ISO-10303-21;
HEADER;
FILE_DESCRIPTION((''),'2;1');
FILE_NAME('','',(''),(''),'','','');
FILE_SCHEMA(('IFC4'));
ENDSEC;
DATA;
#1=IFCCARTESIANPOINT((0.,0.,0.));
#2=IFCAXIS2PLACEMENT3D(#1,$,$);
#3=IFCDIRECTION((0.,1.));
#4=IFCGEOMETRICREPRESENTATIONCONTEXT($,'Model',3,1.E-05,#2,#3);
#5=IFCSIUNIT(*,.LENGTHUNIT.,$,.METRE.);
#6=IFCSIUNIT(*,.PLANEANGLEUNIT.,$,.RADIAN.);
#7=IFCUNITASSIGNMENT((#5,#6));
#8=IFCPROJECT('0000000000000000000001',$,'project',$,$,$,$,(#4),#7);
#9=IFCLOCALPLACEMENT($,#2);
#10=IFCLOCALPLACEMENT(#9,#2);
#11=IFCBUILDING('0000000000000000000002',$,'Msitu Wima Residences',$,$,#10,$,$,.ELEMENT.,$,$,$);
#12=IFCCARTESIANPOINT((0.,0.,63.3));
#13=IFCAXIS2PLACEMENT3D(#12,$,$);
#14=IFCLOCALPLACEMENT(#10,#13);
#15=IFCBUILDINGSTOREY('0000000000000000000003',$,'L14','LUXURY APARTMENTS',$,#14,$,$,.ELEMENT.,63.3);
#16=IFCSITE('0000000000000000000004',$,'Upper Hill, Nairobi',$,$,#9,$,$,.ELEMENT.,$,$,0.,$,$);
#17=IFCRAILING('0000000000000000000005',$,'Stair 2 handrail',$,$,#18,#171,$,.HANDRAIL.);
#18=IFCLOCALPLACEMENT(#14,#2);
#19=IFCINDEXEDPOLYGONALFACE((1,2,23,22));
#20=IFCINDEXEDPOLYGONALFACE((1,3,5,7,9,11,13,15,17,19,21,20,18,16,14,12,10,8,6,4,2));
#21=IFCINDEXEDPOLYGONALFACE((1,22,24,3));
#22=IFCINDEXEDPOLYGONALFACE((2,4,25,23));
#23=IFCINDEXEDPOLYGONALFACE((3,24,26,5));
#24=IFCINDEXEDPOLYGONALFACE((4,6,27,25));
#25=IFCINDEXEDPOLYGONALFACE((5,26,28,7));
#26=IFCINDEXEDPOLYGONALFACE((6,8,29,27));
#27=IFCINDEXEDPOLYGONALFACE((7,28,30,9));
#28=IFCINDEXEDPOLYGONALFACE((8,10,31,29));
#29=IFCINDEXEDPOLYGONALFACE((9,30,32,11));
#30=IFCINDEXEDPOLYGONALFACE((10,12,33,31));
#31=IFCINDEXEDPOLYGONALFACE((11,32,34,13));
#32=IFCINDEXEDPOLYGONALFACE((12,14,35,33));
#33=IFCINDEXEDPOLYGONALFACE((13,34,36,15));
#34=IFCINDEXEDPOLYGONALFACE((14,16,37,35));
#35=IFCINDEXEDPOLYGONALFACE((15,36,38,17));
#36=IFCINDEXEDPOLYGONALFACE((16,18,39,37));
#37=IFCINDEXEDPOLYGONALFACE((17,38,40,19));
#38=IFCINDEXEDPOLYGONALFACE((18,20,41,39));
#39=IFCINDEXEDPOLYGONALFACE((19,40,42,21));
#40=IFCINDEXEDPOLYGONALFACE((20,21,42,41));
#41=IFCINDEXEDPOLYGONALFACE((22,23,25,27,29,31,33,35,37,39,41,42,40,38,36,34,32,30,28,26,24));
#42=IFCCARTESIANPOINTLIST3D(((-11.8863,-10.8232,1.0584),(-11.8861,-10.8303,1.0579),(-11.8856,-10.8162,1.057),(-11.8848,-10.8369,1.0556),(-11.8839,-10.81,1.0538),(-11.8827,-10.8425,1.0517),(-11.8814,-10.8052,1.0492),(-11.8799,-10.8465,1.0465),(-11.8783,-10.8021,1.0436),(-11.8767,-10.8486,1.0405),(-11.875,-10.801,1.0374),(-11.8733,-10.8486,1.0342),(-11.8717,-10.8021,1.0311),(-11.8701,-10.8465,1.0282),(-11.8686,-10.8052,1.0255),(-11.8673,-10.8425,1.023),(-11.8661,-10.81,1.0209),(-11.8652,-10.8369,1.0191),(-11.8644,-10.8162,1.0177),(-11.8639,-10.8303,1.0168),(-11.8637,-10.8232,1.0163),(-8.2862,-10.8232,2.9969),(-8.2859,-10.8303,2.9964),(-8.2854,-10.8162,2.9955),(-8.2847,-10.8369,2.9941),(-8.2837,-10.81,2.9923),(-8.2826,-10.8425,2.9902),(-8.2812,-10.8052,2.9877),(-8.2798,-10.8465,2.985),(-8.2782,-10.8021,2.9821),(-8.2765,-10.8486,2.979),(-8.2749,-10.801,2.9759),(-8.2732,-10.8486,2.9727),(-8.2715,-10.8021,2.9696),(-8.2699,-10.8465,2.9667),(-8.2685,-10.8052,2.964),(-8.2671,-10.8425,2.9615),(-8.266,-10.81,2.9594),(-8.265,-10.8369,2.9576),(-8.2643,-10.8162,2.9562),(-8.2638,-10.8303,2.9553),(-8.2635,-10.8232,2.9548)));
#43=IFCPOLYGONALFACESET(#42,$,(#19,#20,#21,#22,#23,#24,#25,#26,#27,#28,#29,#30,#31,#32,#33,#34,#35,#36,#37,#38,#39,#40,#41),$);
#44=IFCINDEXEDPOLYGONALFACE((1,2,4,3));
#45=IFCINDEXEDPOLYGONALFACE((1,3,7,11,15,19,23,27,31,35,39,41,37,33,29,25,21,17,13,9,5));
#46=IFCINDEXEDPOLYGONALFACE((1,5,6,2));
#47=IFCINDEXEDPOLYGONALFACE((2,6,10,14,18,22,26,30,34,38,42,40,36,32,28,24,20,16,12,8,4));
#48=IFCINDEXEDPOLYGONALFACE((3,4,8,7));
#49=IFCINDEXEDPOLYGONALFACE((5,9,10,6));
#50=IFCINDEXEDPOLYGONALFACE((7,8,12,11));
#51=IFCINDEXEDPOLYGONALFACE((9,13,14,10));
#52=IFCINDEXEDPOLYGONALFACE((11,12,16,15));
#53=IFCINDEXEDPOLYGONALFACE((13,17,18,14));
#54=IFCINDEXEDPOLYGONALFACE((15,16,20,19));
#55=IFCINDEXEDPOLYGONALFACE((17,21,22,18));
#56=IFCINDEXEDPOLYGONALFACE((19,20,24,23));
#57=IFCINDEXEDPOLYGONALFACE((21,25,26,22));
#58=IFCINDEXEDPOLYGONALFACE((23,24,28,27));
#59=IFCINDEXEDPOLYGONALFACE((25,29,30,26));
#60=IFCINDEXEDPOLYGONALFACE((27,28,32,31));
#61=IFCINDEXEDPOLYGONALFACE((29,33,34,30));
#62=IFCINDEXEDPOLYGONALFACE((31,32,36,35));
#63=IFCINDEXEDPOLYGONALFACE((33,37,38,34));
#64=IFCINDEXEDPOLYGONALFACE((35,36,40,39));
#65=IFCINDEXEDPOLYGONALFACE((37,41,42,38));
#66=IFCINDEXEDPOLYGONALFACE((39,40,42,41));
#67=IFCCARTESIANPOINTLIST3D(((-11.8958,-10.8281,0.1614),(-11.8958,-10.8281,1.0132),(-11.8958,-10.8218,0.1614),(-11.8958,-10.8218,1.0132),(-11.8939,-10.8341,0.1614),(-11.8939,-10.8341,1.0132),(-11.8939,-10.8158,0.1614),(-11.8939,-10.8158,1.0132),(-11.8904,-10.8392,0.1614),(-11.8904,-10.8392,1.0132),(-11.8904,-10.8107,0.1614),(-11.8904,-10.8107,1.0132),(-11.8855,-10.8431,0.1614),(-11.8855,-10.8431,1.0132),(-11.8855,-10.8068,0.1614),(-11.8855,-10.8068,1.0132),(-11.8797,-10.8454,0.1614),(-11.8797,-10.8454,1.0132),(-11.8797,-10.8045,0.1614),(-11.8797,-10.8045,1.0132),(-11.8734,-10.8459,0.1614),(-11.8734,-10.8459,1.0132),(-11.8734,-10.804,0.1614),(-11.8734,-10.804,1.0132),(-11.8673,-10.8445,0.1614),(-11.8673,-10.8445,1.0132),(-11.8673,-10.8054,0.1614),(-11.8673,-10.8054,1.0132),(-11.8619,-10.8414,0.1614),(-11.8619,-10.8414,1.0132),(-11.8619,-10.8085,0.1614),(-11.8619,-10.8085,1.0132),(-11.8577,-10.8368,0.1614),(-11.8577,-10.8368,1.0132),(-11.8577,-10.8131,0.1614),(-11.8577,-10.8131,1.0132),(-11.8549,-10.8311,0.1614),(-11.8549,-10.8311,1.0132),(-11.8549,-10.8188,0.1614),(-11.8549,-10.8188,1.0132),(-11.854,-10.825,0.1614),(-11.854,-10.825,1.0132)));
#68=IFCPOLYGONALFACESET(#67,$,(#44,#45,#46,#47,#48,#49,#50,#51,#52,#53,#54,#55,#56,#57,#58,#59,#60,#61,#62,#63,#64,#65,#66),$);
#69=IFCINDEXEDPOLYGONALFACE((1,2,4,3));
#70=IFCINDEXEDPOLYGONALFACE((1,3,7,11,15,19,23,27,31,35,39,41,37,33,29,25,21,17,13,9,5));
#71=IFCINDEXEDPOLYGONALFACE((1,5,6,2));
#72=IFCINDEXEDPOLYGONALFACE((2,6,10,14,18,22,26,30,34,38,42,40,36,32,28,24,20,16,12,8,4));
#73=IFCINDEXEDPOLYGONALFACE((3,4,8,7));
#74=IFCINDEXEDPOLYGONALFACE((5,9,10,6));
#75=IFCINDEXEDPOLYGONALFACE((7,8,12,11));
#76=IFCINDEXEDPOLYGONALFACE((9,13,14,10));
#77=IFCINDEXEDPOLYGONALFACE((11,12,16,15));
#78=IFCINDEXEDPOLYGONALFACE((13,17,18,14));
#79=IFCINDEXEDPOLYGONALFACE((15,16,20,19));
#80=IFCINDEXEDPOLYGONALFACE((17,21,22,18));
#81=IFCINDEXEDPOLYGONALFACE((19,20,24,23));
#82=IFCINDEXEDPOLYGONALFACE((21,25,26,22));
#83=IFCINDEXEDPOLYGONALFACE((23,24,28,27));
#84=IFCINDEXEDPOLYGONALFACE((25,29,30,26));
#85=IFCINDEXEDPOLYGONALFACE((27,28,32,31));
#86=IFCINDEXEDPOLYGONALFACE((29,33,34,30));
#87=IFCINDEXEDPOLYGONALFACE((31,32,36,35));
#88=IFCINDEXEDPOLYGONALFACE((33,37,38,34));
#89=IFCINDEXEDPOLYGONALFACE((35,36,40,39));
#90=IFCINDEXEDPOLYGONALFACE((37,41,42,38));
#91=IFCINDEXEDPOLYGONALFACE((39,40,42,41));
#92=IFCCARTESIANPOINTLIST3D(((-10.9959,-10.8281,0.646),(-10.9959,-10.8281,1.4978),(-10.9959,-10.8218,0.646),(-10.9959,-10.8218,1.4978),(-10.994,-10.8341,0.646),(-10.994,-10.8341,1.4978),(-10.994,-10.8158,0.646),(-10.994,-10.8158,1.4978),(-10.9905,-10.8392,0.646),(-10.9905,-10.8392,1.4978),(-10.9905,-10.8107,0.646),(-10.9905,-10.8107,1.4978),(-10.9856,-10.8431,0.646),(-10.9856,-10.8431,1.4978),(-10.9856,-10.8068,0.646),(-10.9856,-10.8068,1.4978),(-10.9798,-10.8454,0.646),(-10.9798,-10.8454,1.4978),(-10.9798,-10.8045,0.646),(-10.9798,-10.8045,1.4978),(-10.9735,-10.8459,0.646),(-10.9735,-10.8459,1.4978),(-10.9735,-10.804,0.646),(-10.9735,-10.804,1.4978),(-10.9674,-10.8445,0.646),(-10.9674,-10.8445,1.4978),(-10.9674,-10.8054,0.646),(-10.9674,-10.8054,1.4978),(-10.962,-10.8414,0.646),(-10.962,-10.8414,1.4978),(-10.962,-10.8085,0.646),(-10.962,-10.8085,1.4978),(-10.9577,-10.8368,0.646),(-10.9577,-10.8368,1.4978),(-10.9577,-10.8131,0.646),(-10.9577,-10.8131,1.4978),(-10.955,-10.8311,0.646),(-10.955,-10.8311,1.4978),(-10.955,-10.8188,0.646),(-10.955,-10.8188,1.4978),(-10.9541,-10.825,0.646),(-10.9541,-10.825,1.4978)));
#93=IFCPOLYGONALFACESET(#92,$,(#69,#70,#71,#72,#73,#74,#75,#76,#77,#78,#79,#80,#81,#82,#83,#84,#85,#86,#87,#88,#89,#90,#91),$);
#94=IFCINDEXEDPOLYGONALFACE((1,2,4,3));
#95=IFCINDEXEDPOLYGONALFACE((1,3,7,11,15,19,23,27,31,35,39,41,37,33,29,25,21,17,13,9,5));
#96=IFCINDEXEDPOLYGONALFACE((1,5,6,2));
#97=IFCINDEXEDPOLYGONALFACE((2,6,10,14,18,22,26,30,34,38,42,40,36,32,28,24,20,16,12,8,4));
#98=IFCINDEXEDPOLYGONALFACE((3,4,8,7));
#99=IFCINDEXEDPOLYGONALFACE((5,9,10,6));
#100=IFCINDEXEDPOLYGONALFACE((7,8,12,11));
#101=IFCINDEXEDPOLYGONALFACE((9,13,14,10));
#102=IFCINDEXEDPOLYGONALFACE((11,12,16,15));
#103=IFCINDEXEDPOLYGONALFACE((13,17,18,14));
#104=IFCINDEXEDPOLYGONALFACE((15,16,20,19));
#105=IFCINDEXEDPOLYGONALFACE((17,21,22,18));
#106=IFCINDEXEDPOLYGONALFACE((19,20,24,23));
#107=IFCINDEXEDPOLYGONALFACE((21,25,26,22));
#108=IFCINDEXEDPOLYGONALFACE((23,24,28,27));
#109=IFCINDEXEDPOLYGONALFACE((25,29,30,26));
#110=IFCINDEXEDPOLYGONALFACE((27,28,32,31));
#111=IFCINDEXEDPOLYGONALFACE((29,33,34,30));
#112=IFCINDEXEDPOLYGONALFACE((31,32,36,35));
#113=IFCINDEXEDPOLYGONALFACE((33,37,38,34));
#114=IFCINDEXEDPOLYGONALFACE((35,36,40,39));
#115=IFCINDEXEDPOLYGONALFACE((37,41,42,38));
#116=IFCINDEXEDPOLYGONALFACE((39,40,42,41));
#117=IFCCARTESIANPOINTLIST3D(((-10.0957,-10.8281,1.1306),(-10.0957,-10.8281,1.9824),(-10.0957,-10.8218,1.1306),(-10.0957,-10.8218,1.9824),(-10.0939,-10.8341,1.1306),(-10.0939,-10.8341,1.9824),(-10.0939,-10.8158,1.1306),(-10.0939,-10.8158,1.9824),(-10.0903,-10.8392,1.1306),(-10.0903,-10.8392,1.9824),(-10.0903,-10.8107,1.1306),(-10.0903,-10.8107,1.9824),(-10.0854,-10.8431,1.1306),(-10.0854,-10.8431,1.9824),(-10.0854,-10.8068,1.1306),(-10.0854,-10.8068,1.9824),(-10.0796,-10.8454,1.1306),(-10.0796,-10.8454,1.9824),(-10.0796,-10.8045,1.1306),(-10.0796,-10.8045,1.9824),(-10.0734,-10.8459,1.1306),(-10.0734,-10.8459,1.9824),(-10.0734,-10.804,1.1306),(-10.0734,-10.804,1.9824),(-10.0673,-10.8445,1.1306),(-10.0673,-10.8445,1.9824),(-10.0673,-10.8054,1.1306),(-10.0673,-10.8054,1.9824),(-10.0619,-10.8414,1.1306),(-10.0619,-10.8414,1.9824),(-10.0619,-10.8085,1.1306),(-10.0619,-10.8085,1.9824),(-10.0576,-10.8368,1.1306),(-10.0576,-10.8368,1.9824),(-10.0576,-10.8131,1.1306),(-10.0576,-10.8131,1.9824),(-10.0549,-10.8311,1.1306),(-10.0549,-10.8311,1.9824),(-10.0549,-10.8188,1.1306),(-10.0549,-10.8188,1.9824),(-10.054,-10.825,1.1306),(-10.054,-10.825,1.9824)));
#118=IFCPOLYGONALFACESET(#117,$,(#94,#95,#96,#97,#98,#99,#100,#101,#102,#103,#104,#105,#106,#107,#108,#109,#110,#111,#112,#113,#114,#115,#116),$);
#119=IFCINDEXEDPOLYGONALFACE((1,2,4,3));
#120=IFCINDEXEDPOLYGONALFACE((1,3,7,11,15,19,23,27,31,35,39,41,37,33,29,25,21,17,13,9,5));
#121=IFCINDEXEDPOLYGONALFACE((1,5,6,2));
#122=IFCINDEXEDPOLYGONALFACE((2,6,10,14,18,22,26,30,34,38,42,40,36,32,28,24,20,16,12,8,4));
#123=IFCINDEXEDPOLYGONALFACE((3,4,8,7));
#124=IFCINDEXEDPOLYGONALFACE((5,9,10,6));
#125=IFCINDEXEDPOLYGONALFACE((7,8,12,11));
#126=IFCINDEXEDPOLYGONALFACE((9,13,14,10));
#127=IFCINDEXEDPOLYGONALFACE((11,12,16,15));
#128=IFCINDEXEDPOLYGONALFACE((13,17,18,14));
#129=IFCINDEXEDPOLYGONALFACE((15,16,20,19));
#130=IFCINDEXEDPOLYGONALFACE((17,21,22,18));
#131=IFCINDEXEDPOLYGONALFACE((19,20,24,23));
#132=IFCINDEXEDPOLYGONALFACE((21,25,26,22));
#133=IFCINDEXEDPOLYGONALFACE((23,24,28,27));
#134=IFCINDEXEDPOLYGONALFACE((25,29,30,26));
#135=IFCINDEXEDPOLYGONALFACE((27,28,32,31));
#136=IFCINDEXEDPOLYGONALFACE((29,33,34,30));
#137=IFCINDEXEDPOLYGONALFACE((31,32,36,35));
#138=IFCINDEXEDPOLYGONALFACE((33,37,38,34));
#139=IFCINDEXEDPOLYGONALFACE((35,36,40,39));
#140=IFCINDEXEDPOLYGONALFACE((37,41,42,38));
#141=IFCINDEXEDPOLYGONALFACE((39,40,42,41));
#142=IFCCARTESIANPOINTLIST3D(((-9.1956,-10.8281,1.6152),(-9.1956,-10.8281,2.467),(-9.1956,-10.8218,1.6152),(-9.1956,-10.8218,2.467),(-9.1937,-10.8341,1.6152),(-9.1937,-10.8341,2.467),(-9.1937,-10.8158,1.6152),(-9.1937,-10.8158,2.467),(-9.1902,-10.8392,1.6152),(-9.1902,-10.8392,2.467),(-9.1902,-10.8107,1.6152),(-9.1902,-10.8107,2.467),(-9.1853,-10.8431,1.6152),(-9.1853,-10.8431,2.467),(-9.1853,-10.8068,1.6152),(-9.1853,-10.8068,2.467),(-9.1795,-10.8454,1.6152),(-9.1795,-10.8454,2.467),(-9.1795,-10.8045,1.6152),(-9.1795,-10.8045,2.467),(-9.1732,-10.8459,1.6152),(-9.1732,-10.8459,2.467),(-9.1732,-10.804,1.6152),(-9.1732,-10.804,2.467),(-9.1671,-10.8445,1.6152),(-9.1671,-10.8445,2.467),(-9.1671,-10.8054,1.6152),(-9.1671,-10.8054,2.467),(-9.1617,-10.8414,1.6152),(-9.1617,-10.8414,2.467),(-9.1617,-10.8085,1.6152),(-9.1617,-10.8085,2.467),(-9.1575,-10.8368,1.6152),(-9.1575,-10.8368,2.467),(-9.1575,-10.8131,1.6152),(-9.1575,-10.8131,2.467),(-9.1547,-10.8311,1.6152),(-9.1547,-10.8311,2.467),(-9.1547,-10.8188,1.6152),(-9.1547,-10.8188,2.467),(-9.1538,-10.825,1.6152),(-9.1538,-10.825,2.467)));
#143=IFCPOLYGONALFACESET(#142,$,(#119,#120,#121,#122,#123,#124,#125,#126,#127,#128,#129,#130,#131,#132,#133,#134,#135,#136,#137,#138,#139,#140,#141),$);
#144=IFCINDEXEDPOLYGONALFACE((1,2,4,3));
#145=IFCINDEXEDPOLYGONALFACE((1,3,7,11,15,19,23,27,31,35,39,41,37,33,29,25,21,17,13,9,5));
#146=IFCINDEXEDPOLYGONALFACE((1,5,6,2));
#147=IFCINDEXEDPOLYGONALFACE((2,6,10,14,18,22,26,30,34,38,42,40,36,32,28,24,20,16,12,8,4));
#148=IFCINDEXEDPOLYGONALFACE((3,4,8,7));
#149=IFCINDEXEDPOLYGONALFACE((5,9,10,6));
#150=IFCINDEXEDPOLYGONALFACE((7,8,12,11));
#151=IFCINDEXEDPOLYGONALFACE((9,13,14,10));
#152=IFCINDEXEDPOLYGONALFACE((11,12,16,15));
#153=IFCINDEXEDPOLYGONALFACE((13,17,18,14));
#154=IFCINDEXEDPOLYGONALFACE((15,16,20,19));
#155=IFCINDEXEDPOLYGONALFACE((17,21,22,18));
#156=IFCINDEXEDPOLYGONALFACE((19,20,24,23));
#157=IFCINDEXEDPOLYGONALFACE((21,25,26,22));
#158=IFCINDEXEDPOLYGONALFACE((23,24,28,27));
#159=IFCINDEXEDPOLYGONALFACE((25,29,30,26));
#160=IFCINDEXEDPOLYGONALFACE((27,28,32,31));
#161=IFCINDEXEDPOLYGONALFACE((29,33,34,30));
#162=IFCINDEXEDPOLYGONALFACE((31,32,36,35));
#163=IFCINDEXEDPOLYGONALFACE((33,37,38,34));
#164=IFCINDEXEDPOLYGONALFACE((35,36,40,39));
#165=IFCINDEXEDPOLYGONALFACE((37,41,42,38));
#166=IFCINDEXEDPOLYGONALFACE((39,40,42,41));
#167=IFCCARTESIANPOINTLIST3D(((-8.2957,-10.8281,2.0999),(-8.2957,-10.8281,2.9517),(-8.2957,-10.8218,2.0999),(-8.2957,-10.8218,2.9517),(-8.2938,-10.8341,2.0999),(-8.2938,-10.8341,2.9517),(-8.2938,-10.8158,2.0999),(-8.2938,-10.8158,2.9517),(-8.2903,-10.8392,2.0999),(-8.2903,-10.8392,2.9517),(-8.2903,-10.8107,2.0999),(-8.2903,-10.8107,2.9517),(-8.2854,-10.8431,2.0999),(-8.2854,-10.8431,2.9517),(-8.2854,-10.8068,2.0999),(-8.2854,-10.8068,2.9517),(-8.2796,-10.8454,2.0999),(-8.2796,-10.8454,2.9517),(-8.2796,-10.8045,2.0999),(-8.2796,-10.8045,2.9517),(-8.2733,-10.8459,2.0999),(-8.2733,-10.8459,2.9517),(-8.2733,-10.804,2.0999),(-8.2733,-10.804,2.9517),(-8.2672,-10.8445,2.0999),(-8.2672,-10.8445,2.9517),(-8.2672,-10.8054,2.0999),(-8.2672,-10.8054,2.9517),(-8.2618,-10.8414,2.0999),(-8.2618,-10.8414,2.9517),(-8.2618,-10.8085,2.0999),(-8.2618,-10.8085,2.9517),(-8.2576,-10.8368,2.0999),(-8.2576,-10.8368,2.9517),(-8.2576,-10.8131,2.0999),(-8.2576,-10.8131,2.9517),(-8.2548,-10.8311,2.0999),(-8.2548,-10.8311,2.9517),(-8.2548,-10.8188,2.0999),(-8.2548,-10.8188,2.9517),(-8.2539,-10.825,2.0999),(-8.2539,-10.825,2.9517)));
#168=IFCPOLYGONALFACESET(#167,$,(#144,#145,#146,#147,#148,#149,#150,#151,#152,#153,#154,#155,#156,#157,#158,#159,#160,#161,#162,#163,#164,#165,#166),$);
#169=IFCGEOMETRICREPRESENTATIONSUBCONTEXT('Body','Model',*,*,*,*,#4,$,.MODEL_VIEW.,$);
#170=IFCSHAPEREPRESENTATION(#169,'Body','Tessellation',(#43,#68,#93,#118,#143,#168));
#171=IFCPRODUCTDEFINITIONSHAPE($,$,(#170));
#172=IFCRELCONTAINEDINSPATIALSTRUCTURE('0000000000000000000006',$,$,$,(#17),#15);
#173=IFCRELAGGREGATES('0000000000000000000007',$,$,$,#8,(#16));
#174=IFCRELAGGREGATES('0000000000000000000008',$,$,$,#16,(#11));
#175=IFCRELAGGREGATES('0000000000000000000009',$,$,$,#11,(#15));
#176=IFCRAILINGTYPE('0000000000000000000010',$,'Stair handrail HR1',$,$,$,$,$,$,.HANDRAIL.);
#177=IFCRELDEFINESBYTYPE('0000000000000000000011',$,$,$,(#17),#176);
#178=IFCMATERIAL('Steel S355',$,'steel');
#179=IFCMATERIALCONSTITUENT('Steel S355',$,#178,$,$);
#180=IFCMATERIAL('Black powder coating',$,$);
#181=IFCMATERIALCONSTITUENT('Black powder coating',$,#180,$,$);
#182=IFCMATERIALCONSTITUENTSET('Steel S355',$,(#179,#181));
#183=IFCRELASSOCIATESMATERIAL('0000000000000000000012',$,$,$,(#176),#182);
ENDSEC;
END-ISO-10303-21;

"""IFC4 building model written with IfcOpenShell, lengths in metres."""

from ifc_helpers import new_model, si_unit, direction, frame, origin, origin_2d, place, context, subcontext, project, spatial, circle, extrude, material, constituent, constituent_set, type_object, element, save


model = new_model("IFC4")

# Units and contexts
model_context = context("Model", 3, precision=1e-05, world=origin(), true_north=direction((0.0, 1.0)))
body_context = subcontext(model_context, "Body", "Model", "MODEL_VIEW")
ifc_project = project(units=[si_unit("LENGTHUNIT", "METRE"), si_unit("PLANEANGLEUNIT", "RADIAN")], contexts=[model_context])

# Site, building, storey
site_placement = place(None, origin())
site = spatial("IfcSite", under=ifc_project, at=site_placement, Name="Upper Hill, Nairobi", CompositionType="ELEMENT", RefElevation=0.0)
building_placement = place(site_placement, origin())
building = spatial("IfcBuilding", under=site, at=building_placement, Name="Msitu Wima Residences", CompositionType="ELEMENT")
storey_placement = place(building_placement, frame((0.0, 0.0, 63.3)))
storey = spatial("IfcBuildingStorey", under=building, at=storey_placement, Name="L14", Description="LUXURY APARTMENTS", CompositionType="ELEMENT", Elevation=63.3)

# Railing
ifc_material_1 = material(Name="Steel S355", Category="steel")
ifc_constituent_1 = constituent(ifc_material_1, Name="Steel S355")
ifc_material_2 = material(Name="Black powder coating")
ifc_constituent_2 = constituent(ifc_material_2, Name="Black powder coating")
ifc_constituent_set = constituent_set(constituents=[ifc_constituent_1, ifc_constituent_2], Name="Steel S355")
railing_type = type_object("IfcRailingType", Name="Stair handrail HR1", PredefinedType="HANDRAIL", material=ifc_constituent_set)
for number, where, name in (
    (1, (-11.875, -10.825, 0.1614), "Stair 2 handrail"),
):
    element("IfcRailing", number, at=place(storey_placement, frame(where)), inside=storey, type_object=railing_type, Name=name, PredefinedType="HANDRAIL", context=body_context, shape_type="SweptSolid", body=[
        extrude(circle(Radius=0.0239, at=origin_2d()), frame((0.0, 0.0, 0.876), z_axis=(0.880475, 0.0, 0.474093), x_axis=(0.0, 1.0, 0.0)), (0.0, 0.0, 1.0), 4.0889),
        extrude(circle(Radius=0.021, at=origin_2d()), origin(), (0.0, 0.0, 1.0), 0.8518),
        extrude(circle(Radius=0.021, at=origin_2d()), frame((0.8999, 0.0, 0.4846)), (0.0, 0.0, 1.0), 0.8518),
        extrude(circle(Radius=0.021, at=origin_2d()), frame((1.8, 0.0, 0.9692)), (0.0, 0.0, 1.0), 0.8518),
        extrude(circle(Radius=0.021, at=origin_2d()), frame((2.7002, 0.0, 1.4539)), (0.0, 0.0, 1.0), 0.8518),
        extrude(circle(Radius=0.021, at=origin_2d()), frame((3.6001, 0.0, 1.9385)), (0.0, 0.0, 1.0), 0.8518),
    ])

save(model, "model.ifc")
